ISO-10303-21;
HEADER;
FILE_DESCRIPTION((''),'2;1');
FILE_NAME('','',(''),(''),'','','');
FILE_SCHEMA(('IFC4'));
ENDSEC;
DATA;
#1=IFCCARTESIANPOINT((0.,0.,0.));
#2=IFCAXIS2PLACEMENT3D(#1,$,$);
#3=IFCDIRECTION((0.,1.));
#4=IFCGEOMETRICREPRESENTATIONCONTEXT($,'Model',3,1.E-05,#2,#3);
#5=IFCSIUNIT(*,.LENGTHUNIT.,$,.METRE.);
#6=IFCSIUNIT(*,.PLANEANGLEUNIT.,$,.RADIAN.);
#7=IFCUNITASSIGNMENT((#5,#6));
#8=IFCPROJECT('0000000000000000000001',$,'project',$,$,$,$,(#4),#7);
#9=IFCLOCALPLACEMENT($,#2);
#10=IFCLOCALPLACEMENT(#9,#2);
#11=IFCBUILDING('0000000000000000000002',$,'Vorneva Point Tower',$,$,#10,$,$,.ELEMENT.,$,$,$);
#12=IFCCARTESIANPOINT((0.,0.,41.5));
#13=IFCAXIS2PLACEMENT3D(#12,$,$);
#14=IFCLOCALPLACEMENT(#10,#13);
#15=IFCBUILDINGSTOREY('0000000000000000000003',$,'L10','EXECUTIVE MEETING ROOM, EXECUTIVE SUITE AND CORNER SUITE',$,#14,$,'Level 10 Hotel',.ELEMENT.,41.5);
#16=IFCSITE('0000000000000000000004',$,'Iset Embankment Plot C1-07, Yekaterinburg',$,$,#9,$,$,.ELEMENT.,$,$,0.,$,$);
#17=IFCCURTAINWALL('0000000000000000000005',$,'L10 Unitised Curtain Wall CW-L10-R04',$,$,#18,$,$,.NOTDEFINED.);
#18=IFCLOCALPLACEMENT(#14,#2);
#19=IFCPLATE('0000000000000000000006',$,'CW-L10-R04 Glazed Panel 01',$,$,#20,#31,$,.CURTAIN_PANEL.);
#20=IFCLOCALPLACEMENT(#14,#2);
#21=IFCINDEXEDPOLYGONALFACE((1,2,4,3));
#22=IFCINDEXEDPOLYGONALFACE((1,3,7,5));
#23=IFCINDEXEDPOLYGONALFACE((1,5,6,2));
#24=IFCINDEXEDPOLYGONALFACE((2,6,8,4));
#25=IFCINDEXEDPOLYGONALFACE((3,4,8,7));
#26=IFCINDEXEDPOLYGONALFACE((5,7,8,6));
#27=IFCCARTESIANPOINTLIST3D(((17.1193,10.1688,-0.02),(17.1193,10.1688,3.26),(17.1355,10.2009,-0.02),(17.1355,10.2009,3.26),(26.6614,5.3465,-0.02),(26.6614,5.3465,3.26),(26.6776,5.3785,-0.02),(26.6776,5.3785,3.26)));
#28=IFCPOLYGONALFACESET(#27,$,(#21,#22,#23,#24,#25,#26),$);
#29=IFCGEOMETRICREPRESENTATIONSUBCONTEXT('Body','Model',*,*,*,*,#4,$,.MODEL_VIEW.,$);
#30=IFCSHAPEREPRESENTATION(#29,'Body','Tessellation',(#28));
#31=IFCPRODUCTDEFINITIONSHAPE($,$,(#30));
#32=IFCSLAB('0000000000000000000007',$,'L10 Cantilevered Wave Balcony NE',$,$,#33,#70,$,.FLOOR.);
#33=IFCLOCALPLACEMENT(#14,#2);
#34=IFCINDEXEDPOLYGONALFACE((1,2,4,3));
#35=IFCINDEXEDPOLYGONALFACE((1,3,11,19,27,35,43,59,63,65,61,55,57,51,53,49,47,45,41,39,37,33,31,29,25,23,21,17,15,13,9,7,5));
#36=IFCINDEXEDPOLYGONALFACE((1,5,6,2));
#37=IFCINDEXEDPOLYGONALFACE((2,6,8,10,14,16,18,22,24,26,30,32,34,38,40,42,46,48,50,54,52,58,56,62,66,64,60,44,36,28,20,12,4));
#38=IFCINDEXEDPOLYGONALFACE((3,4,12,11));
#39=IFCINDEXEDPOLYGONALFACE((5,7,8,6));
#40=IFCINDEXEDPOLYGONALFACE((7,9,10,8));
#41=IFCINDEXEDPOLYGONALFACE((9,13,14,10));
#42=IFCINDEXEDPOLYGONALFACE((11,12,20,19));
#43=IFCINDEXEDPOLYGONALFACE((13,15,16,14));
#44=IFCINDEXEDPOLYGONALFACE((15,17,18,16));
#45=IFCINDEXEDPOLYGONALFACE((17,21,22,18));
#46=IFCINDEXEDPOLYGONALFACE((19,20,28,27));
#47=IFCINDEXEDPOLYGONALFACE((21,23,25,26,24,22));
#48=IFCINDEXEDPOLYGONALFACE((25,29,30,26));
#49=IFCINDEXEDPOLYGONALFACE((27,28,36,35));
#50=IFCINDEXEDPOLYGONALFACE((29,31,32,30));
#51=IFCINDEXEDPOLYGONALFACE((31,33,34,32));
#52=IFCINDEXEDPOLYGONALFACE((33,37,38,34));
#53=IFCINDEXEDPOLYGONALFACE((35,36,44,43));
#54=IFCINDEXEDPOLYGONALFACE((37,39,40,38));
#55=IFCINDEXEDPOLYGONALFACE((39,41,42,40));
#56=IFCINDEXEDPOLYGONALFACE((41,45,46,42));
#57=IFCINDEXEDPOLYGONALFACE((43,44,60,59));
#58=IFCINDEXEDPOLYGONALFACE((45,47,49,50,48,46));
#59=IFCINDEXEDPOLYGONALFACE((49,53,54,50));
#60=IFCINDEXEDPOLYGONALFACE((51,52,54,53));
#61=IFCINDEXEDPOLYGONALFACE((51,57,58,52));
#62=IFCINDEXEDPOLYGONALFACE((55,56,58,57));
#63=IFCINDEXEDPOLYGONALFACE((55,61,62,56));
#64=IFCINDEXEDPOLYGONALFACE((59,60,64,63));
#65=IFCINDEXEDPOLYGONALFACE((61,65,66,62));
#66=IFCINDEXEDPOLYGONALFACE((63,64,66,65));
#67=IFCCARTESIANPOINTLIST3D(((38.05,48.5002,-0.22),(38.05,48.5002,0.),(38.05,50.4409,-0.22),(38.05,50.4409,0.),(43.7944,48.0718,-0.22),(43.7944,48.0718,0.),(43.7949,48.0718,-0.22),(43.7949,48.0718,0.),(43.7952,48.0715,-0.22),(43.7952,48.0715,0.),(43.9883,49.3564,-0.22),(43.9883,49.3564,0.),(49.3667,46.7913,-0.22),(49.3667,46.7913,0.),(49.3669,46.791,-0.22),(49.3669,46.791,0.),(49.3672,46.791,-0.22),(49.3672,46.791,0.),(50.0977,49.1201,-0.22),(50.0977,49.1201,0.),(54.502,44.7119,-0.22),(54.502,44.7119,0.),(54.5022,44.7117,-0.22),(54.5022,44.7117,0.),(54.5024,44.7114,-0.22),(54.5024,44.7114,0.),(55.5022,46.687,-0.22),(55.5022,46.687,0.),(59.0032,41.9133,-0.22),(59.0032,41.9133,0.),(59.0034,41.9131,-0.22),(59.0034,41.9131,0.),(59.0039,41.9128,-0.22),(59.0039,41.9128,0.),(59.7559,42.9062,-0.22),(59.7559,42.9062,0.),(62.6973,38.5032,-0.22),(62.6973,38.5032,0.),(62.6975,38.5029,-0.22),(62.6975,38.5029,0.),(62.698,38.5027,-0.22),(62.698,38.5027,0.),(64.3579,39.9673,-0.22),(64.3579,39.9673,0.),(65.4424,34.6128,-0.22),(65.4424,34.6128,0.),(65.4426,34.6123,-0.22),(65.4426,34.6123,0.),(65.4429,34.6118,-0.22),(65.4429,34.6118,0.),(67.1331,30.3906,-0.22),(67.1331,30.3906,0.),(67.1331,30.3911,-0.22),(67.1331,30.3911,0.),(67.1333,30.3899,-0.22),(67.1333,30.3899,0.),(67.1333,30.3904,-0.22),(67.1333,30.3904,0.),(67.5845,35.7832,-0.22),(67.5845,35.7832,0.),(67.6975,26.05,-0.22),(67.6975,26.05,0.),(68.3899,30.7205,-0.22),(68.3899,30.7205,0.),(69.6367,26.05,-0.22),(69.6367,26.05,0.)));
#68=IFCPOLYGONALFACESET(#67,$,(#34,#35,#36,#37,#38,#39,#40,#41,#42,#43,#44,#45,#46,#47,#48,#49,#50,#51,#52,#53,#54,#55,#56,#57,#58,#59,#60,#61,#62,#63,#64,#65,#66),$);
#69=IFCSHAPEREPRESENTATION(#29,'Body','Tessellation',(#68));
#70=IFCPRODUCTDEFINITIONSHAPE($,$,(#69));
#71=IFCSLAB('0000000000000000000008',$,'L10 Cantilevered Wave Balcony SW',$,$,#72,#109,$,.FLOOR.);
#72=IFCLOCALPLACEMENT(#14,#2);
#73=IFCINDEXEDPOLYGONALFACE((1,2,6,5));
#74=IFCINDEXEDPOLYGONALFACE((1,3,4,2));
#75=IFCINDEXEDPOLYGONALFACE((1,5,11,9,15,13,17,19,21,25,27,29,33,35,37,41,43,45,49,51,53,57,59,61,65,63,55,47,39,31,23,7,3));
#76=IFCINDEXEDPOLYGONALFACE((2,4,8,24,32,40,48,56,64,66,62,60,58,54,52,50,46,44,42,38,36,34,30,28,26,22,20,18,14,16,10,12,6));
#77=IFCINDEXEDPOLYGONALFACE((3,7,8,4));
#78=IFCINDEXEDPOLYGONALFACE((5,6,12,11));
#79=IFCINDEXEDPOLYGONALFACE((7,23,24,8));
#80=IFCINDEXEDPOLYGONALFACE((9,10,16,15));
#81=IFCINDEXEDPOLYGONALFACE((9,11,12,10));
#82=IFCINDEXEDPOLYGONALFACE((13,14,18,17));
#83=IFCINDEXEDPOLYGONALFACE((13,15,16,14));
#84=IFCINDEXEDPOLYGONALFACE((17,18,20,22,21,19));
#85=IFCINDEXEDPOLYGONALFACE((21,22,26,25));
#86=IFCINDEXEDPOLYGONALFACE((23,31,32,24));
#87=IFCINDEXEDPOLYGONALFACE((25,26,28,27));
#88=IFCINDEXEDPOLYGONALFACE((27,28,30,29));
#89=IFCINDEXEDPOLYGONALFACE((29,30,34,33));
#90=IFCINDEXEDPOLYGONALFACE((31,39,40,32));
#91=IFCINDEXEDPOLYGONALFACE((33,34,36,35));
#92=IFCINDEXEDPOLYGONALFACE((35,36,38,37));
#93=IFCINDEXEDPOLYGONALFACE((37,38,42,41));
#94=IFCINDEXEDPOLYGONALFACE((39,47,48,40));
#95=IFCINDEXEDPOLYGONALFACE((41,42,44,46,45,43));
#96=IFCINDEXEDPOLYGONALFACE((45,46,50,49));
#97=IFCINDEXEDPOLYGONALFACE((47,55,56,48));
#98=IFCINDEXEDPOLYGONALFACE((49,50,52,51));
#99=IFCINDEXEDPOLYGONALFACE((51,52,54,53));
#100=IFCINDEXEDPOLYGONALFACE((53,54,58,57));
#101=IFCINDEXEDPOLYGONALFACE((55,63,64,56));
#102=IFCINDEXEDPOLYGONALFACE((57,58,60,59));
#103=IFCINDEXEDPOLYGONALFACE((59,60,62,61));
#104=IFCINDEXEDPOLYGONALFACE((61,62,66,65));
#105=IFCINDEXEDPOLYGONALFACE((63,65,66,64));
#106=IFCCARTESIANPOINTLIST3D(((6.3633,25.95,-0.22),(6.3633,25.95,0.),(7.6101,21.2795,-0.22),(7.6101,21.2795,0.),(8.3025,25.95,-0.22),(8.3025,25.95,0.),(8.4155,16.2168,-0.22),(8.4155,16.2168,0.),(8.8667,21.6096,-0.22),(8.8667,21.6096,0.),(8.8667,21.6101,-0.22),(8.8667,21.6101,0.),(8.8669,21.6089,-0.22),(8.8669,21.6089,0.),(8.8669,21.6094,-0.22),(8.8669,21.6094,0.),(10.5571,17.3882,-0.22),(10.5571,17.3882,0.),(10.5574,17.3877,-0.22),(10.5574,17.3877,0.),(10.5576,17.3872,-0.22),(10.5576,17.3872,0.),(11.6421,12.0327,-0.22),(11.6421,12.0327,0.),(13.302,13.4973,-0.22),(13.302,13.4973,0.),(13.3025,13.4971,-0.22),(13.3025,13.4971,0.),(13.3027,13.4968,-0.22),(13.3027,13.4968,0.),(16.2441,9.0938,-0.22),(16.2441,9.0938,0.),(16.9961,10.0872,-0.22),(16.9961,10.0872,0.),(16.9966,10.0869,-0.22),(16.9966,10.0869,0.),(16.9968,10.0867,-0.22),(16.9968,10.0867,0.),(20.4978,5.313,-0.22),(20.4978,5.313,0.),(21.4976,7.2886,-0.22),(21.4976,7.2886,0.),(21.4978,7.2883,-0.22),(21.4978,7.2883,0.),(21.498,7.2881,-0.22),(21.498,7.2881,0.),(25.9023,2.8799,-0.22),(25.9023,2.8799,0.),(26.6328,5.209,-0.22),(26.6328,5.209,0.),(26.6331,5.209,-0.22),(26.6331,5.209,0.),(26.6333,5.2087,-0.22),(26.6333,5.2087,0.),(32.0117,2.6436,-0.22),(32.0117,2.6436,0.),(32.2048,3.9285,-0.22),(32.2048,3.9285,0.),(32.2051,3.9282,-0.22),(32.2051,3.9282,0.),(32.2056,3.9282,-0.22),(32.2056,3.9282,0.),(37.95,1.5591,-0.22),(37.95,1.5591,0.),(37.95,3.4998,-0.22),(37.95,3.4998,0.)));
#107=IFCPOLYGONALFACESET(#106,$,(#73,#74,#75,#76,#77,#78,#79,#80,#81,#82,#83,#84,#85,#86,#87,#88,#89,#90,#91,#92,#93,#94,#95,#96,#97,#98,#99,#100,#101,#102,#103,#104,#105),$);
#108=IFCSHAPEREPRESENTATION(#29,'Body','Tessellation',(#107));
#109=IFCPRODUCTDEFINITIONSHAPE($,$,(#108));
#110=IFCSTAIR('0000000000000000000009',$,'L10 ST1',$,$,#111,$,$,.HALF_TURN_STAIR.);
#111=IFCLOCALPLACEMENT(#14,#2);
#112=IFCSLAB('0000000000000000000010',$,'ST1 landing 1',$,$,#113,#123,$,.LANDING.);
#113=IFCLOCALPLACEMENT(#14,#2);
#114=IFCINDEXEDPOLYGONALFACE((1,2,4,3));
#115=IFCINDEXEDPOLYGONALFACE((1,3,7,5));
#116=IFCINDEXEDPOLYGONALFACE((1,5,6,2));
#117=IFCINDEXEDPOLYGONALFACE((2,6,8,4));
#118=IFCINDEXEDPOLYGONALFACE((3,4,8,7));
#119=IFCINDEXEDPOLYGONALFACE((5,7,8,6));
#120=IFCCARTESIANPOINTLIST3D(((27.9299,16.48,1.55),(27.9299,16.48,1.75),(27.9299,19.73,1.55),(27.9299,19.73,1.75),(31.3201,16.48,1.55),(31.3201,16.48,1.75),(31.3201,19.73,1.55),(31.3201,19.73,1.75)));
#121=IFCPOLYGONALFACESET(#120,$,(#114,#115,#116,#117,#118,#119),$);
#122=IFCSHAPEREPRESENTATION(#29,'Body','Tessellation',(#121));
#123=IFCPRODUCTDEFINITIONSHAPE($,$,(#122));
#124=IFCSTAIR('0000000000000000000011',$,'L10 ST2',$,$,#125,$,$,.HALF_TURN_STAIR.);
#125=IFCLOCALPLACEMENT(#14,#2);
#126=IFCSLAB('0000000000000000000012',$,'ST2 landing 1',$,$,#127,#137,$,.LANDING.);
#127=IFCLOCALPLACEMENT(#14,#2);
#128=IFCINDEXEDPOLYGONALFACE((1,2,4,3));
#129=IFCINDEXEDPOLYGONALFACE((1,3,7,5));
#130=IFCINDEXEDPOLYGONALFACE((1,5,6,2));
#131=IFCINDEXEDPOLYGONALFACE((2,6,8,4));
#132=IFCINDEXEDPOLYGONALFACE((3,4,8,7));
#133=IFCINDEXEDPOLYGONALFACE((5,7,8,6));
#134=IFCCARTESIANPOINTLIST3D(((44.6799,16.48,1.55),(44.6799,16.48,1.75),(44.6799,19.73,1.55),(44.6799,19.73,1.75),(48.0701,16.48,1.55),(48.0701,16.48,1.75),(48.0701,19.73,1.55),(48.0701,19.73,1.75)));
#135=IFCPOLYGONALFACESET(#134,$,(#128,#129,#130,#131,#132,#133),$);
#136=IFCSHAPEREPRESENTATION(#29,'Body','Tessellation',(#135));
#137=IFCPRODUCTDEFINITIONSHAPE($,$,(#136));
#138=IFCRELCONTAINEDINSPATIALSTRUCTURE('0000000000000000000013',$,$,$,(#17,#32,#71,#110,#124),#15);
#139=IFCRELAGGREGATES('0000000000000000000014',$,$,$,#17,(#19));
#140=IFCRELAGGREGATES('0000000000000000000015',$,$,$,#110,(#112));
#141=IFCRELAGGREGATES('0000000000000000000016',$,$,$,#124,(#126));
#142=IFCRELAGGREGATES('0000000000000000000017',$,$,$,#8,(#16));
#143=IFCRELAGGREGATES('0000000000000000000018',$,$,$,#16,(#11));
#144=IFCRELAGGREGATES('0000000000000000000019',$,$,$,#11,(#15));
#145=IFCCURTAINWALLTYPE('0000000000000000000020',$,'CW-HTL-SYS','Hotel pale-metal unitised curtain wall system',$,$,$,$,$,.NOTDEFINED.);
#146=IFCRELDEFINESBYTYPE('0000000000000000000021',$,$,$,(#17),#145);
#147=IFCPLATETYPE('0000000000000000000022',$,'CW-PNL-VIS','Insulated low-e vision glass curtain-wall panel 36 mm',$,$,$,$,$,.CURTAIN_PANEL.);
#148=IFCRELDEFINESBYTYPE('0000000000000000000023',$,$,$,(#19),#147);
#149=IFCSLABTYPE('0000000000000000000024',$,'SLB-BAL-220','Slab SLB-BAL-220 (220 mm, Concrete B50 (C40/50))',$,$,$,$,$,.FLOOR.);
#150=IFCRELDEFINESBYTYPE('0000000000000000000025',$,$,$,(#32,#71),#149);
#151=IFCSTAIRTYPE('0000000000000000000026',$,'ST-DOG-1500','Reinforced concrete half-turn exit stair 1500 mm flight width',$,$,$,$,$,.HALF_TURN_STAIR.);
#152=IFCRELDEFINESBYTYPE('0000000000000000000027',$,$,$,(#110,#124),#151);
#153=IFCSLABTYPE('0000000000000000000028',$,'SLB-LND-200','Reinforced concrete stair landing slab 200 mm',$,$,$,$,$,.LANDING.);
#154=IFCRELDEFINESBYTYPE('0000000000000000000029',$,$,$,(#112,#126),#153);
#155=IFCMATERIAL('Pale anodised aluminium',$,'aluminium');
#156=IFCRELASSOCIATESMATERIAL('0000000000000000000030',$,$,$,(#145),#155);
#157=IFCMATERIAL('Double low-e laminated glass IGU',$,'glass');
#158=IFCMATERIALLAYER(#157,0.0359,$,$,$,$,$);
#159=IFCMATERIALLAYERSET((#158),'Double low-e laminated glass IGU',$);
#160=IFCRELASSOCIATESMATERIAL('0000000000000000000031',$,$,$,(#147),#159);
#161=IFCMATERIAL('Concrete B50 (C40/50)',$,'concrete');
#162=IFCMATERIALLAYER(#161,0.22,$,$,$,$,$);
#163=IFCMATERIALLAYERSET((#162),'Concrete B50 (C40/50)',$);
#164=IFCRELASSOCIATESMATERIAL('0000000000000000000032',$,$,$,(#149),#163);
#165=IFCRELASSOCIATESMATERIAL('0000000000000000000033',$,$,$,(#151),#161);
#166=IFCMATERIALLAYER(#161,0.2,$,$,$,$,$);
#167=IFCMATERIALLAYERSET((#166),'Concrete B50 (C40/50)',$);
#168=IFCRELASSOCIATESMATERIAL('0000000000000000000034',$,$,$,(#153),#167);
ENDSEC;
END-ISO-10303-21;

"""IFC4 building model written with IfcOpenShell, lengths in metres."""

from ifc_helpers import new_model, si_unit, direction, frame, origin, origin_2d, place, context, subcontext, project, spatial, polyline, rectangle, outline, extrude, material, layer, layer_set, type_object, element, aggregate, save


model = new_model("IFC4")

# Units and contexts
model_context = context("Model", 3, precision=1e-05, world=origin(), true_north=direction((0.0, 1.0)))
body_context = subcontext(model_context, "Body", "Model", "MODEL_VIEW")
ifc_project = project(units=[si_unit("LENGTHUNIT", "METRE"), si_unit("PLANEANGLEUNIT", "RADIAN")], contexts=[model_context])

# Site, building, storey
site_placement = place(None, origin())
site = spatial("IfcSite", under=ifc_project, at=site_placement, Name="Iset Embankment Plot C1-07, Yekaterinburg", CompositionType="ELEMENT", RefElevation=0.0)
building_placement = place(site_placement, origin())
building = spatial("IfcBuilding", under=site, at=building_placement, Name="Vorneva Point Tower", CompositionType="ELEMENT")
storey_placement = place(building_placement, frame((0.0, 0.0, 41.5)))
storey = spatial("IfcBuildingStorey", under=building, at=storey_placement, Name="L10", Description="EXECUTIVE MEETING ROOM, EXECUTIVE SUITE AND CORNER SUITE", LongName="Level 10 Hotel", CompositionType="ELEMENT", Elevation=41.5)

# Curtain wall, plate
ifc_material_1 = material(Name="Pale anodised aluminium", Category="aluminium")
curtain_wall_type = type_object("IfcCurtainWallType", Name="CW-HTL-SYS", Description="Hotel pale-metal unitised curtain wall system", PredefinedType="NOTDEFINED", material=ifc_material_1)
curtain_wall_placement = place(storey_placement, origin())
curtain_wall = element("IfcCurtainWall", 1, at=curtain_wall_placement, inside=storey, type_object=curtain_wall_type, Name="L10 Unitised Curtain Wall CW-L10-R04", PredefinedType="NOTDEFINED")
ifc_material_2 = material(Name="Double low-e laminated glass IGU", Category="glass")
ifc_layer_1 = layer(ifc_material_2, 0.0359)
ifc_layer_set_1 = layer_set([ifc_layer_1], Name="Double low-e laminated glass IGU")
plate_type = type_object("IfcPlateType", Name="CW-PNL-VIS", Description="Insulated low-e vision glass curtain-wall panel 36 mm", PredefinedType="CURTAIN_PANEL", material=ifc_layer_set_1)
plate_placement = place(storey_placement, frame((21.8984, 7.7737, -0.02), z_axis=(0.0, 0.0, 1.0), x_axis=(0.892499, -0.451049, 0.0)))
plate = element("IfcPlate", 2, at=plate_placement, type_object=plate_type, Name="CW-L10-R04 Glazed Panel 01", PredefinedType="CURTAIN_PANEL", context=body_context, shape_type="SweptSolid", body=[
    extrude(rectangle(XDim=10.6914, YDim=0.0359, at=origin_2d()), origin(), (0.0, 0.0, 1.0), 3.28),
])
aggregate(curtain_wall, [plate])

# Slabs
ifc_material_3 = material(Name="Concrete B50 (C40/50)", Category="concrete")
ifc_layer_2 = layer(ifc_material_3, 0.22)
ifc_layer_set_2 = layer_set([ifc_layer_2], Name="Concrete B50 (C40/50)")
slab_type_1 = type_object("IfcSlabType", Name="SLB-BAL-220", Description="Slab SLB-BAL-220 (220 mm, Concrete B50 (C40/50))", PredefinedType="FLOOR", material=ifc_layer_set_2)
slab_1_placement = place(storey_placement, frame((0.0, 0.0, -0.22)))
element("IfcSlab", 3, at=slab_1_placement, inside=storey, type_object=slab_type_1, Name="L10 Cantilevered Wave Balcony NE", PredefinedType="FLOOR", context=body_context, shape_type="SweptSolid", body=[
    extrude(outline(polyline([(38.05, 50.4409), (38.05, 48.5002), (43.7944, 48.0718), (43.7949, 48.0718), (43.7952, 48.0715), (49.3667, 46.7913), (49.3669, 46.791), (49.3672, 46.791), (54.502, 44.7119), (54.5022, 44.7117), (54.5024, 44.7114), (59.0032, 41.9133), (59.0034, 41.9131), (59.0039, 41.9128), (62.6973, 38.5032), (62.6975, 38.5029), (62.698, 38.5027), (65.4424, 34.6128), (65.4426, 34.6123), (65.4429, 34.6118), (67.1331, 30.3911), (67.1331, 30.3906), (67.1333, 30.3904), (67.1333, 30.3899), (67.6975, 26.05), (69.6367, 26.05), (68.3899, 30.7205), (67.5845, 35.7832), (64.3579, 39.9673), (59.7559, 42.9062), (55.5022, 46.687), (50.0977, 49.1201), (43.9883, 49.3564), (38.05, 50.4409)])), origin(), (0.0, 0.0, 1.0), 0.22),
])
slab_2_placement = place(storey_placement, frame((0.0, 0.0, -0.22)))
element("IfcSlab", 4, at=slab_2_placement, inside=storey, type_object=slab_type_1, Name="L10 Cantilevered Wave Balcony SW", PredefinedType="FLOOR", context=body_context, shape_type="SweptSolid", body=[
    extrude(outline(polyline([(37.95, 1.5591), (37.95, 3.4998), (32.2056, 3.9282), (32.2051, 3.9282), (32.2048, 3.9285), (26.6333, 5.2087), (26.6331, 5.209), (26.6328, 5.209), (21.498, 7.2881), (21.4978, 7.2883), (21.4976, 7.2886), (16.9968, 10.0867), (16.9966, 10.0869), (16.9961, 10.0872), (13.3027, 13.4968), (13.3025, 13.4971), (13.302, 13.4973), (10.5576, 17.3872), (10.5574, 17.3877), (10.5571, 17.3882), (8.8669, 21.6089), (8.8669, 21.6094), (8.8667, 21.6096), (8.8667, 21.6101), (8.3025, 25.95), (6.3633, 25.95), (7.6101, 21.2795), (8.4155, 16.2168), (11.6421, 12.0327), (16.2441, 9.0938), (20.4978, 5.313), (25.9023, 2.8799), (32.0117, 2.6436), (37.95, 1.5591)])), origin(), (0.0, 0.0, 1.0), 0.22),
])

# Stairs, slabs
stair_type = type_object("IfcStairType", Name="ST-DOG-1500", Description="Reinforced concrete half-turn exit stair 1500 mm flight width", PredefinedType="HALF_TURN_STAIR", material=ifc_material_3)
stair_1_placement = place(storey_placement, origin())
stair_1 = element("IfcStair", 5, at=stair_1_placement, inside=storey, type_object=stair_type, Name="L10 ST1", PredefinedType="HALF_TURN_STAIR")
ifc_layer_3 = layer(ifc_material_3, 0.2)
ifc_layer_set_3 = layer_set([ifc_layer_3], Name="Concrete B50 (C40/50)")
slab_type_2 = type_object("IfcSlabType", Name="SLB-LND-200", Description="Reinforced concrete stair landing slab 200 mm", PredefinedType="LANDING", material=ifc_layer_set_3)
slab_3_placement = place(storey_placement, frame((0.0, 0.0, 1.55)))
slab_3 = element("IfcSlab", 6, at=slab_3_placement, type_object=slab_type_2, Name="ST1 landing 1", PredefinedType="LANDING", context=body_context, shape_type="SweptSolid", body=[
    extrude(outline(polyline([(27.9299, 16.48), (31.3201, 16.48), (31.3201, 19.73), (27.9299, 19.73), (27.9299, 16.48)])), origin(), (0.0, 0.0, 1.0), 0.2),
])
aggregate(stair_1, [slab_3])
stair_2_placement = place(storey_placement, origin())
stair_2 = element("IfcStair", 7, at=stair_2_placement, inside=storey, type_object=stair_type, Name="L10 ST2", PredefinedType="HALF_TURN_STAIR")
slab_4_placement = place(storey_placement, frame((0.0, 0.0, 1.55)))
slab_4 = element("IfcSlab", 8, at=slab_4_placement, type_object=slab_type_2, Name="ST2 landing 1", PredefinedType="LANDING", context=body_context, shape_type="SweptSolid", body=[
    extrude(outline(polyline([(44.6799, 16.48), (48.0701, 16.48), (48.0701, 19.73), (44.6799, 19.73), (44.6799, 16.48)])), origin(), (0.0, 0.0, 1.0), 0.2),
])
aggregate(stair_2, [slab_4])

save(model, "model.ifc")
